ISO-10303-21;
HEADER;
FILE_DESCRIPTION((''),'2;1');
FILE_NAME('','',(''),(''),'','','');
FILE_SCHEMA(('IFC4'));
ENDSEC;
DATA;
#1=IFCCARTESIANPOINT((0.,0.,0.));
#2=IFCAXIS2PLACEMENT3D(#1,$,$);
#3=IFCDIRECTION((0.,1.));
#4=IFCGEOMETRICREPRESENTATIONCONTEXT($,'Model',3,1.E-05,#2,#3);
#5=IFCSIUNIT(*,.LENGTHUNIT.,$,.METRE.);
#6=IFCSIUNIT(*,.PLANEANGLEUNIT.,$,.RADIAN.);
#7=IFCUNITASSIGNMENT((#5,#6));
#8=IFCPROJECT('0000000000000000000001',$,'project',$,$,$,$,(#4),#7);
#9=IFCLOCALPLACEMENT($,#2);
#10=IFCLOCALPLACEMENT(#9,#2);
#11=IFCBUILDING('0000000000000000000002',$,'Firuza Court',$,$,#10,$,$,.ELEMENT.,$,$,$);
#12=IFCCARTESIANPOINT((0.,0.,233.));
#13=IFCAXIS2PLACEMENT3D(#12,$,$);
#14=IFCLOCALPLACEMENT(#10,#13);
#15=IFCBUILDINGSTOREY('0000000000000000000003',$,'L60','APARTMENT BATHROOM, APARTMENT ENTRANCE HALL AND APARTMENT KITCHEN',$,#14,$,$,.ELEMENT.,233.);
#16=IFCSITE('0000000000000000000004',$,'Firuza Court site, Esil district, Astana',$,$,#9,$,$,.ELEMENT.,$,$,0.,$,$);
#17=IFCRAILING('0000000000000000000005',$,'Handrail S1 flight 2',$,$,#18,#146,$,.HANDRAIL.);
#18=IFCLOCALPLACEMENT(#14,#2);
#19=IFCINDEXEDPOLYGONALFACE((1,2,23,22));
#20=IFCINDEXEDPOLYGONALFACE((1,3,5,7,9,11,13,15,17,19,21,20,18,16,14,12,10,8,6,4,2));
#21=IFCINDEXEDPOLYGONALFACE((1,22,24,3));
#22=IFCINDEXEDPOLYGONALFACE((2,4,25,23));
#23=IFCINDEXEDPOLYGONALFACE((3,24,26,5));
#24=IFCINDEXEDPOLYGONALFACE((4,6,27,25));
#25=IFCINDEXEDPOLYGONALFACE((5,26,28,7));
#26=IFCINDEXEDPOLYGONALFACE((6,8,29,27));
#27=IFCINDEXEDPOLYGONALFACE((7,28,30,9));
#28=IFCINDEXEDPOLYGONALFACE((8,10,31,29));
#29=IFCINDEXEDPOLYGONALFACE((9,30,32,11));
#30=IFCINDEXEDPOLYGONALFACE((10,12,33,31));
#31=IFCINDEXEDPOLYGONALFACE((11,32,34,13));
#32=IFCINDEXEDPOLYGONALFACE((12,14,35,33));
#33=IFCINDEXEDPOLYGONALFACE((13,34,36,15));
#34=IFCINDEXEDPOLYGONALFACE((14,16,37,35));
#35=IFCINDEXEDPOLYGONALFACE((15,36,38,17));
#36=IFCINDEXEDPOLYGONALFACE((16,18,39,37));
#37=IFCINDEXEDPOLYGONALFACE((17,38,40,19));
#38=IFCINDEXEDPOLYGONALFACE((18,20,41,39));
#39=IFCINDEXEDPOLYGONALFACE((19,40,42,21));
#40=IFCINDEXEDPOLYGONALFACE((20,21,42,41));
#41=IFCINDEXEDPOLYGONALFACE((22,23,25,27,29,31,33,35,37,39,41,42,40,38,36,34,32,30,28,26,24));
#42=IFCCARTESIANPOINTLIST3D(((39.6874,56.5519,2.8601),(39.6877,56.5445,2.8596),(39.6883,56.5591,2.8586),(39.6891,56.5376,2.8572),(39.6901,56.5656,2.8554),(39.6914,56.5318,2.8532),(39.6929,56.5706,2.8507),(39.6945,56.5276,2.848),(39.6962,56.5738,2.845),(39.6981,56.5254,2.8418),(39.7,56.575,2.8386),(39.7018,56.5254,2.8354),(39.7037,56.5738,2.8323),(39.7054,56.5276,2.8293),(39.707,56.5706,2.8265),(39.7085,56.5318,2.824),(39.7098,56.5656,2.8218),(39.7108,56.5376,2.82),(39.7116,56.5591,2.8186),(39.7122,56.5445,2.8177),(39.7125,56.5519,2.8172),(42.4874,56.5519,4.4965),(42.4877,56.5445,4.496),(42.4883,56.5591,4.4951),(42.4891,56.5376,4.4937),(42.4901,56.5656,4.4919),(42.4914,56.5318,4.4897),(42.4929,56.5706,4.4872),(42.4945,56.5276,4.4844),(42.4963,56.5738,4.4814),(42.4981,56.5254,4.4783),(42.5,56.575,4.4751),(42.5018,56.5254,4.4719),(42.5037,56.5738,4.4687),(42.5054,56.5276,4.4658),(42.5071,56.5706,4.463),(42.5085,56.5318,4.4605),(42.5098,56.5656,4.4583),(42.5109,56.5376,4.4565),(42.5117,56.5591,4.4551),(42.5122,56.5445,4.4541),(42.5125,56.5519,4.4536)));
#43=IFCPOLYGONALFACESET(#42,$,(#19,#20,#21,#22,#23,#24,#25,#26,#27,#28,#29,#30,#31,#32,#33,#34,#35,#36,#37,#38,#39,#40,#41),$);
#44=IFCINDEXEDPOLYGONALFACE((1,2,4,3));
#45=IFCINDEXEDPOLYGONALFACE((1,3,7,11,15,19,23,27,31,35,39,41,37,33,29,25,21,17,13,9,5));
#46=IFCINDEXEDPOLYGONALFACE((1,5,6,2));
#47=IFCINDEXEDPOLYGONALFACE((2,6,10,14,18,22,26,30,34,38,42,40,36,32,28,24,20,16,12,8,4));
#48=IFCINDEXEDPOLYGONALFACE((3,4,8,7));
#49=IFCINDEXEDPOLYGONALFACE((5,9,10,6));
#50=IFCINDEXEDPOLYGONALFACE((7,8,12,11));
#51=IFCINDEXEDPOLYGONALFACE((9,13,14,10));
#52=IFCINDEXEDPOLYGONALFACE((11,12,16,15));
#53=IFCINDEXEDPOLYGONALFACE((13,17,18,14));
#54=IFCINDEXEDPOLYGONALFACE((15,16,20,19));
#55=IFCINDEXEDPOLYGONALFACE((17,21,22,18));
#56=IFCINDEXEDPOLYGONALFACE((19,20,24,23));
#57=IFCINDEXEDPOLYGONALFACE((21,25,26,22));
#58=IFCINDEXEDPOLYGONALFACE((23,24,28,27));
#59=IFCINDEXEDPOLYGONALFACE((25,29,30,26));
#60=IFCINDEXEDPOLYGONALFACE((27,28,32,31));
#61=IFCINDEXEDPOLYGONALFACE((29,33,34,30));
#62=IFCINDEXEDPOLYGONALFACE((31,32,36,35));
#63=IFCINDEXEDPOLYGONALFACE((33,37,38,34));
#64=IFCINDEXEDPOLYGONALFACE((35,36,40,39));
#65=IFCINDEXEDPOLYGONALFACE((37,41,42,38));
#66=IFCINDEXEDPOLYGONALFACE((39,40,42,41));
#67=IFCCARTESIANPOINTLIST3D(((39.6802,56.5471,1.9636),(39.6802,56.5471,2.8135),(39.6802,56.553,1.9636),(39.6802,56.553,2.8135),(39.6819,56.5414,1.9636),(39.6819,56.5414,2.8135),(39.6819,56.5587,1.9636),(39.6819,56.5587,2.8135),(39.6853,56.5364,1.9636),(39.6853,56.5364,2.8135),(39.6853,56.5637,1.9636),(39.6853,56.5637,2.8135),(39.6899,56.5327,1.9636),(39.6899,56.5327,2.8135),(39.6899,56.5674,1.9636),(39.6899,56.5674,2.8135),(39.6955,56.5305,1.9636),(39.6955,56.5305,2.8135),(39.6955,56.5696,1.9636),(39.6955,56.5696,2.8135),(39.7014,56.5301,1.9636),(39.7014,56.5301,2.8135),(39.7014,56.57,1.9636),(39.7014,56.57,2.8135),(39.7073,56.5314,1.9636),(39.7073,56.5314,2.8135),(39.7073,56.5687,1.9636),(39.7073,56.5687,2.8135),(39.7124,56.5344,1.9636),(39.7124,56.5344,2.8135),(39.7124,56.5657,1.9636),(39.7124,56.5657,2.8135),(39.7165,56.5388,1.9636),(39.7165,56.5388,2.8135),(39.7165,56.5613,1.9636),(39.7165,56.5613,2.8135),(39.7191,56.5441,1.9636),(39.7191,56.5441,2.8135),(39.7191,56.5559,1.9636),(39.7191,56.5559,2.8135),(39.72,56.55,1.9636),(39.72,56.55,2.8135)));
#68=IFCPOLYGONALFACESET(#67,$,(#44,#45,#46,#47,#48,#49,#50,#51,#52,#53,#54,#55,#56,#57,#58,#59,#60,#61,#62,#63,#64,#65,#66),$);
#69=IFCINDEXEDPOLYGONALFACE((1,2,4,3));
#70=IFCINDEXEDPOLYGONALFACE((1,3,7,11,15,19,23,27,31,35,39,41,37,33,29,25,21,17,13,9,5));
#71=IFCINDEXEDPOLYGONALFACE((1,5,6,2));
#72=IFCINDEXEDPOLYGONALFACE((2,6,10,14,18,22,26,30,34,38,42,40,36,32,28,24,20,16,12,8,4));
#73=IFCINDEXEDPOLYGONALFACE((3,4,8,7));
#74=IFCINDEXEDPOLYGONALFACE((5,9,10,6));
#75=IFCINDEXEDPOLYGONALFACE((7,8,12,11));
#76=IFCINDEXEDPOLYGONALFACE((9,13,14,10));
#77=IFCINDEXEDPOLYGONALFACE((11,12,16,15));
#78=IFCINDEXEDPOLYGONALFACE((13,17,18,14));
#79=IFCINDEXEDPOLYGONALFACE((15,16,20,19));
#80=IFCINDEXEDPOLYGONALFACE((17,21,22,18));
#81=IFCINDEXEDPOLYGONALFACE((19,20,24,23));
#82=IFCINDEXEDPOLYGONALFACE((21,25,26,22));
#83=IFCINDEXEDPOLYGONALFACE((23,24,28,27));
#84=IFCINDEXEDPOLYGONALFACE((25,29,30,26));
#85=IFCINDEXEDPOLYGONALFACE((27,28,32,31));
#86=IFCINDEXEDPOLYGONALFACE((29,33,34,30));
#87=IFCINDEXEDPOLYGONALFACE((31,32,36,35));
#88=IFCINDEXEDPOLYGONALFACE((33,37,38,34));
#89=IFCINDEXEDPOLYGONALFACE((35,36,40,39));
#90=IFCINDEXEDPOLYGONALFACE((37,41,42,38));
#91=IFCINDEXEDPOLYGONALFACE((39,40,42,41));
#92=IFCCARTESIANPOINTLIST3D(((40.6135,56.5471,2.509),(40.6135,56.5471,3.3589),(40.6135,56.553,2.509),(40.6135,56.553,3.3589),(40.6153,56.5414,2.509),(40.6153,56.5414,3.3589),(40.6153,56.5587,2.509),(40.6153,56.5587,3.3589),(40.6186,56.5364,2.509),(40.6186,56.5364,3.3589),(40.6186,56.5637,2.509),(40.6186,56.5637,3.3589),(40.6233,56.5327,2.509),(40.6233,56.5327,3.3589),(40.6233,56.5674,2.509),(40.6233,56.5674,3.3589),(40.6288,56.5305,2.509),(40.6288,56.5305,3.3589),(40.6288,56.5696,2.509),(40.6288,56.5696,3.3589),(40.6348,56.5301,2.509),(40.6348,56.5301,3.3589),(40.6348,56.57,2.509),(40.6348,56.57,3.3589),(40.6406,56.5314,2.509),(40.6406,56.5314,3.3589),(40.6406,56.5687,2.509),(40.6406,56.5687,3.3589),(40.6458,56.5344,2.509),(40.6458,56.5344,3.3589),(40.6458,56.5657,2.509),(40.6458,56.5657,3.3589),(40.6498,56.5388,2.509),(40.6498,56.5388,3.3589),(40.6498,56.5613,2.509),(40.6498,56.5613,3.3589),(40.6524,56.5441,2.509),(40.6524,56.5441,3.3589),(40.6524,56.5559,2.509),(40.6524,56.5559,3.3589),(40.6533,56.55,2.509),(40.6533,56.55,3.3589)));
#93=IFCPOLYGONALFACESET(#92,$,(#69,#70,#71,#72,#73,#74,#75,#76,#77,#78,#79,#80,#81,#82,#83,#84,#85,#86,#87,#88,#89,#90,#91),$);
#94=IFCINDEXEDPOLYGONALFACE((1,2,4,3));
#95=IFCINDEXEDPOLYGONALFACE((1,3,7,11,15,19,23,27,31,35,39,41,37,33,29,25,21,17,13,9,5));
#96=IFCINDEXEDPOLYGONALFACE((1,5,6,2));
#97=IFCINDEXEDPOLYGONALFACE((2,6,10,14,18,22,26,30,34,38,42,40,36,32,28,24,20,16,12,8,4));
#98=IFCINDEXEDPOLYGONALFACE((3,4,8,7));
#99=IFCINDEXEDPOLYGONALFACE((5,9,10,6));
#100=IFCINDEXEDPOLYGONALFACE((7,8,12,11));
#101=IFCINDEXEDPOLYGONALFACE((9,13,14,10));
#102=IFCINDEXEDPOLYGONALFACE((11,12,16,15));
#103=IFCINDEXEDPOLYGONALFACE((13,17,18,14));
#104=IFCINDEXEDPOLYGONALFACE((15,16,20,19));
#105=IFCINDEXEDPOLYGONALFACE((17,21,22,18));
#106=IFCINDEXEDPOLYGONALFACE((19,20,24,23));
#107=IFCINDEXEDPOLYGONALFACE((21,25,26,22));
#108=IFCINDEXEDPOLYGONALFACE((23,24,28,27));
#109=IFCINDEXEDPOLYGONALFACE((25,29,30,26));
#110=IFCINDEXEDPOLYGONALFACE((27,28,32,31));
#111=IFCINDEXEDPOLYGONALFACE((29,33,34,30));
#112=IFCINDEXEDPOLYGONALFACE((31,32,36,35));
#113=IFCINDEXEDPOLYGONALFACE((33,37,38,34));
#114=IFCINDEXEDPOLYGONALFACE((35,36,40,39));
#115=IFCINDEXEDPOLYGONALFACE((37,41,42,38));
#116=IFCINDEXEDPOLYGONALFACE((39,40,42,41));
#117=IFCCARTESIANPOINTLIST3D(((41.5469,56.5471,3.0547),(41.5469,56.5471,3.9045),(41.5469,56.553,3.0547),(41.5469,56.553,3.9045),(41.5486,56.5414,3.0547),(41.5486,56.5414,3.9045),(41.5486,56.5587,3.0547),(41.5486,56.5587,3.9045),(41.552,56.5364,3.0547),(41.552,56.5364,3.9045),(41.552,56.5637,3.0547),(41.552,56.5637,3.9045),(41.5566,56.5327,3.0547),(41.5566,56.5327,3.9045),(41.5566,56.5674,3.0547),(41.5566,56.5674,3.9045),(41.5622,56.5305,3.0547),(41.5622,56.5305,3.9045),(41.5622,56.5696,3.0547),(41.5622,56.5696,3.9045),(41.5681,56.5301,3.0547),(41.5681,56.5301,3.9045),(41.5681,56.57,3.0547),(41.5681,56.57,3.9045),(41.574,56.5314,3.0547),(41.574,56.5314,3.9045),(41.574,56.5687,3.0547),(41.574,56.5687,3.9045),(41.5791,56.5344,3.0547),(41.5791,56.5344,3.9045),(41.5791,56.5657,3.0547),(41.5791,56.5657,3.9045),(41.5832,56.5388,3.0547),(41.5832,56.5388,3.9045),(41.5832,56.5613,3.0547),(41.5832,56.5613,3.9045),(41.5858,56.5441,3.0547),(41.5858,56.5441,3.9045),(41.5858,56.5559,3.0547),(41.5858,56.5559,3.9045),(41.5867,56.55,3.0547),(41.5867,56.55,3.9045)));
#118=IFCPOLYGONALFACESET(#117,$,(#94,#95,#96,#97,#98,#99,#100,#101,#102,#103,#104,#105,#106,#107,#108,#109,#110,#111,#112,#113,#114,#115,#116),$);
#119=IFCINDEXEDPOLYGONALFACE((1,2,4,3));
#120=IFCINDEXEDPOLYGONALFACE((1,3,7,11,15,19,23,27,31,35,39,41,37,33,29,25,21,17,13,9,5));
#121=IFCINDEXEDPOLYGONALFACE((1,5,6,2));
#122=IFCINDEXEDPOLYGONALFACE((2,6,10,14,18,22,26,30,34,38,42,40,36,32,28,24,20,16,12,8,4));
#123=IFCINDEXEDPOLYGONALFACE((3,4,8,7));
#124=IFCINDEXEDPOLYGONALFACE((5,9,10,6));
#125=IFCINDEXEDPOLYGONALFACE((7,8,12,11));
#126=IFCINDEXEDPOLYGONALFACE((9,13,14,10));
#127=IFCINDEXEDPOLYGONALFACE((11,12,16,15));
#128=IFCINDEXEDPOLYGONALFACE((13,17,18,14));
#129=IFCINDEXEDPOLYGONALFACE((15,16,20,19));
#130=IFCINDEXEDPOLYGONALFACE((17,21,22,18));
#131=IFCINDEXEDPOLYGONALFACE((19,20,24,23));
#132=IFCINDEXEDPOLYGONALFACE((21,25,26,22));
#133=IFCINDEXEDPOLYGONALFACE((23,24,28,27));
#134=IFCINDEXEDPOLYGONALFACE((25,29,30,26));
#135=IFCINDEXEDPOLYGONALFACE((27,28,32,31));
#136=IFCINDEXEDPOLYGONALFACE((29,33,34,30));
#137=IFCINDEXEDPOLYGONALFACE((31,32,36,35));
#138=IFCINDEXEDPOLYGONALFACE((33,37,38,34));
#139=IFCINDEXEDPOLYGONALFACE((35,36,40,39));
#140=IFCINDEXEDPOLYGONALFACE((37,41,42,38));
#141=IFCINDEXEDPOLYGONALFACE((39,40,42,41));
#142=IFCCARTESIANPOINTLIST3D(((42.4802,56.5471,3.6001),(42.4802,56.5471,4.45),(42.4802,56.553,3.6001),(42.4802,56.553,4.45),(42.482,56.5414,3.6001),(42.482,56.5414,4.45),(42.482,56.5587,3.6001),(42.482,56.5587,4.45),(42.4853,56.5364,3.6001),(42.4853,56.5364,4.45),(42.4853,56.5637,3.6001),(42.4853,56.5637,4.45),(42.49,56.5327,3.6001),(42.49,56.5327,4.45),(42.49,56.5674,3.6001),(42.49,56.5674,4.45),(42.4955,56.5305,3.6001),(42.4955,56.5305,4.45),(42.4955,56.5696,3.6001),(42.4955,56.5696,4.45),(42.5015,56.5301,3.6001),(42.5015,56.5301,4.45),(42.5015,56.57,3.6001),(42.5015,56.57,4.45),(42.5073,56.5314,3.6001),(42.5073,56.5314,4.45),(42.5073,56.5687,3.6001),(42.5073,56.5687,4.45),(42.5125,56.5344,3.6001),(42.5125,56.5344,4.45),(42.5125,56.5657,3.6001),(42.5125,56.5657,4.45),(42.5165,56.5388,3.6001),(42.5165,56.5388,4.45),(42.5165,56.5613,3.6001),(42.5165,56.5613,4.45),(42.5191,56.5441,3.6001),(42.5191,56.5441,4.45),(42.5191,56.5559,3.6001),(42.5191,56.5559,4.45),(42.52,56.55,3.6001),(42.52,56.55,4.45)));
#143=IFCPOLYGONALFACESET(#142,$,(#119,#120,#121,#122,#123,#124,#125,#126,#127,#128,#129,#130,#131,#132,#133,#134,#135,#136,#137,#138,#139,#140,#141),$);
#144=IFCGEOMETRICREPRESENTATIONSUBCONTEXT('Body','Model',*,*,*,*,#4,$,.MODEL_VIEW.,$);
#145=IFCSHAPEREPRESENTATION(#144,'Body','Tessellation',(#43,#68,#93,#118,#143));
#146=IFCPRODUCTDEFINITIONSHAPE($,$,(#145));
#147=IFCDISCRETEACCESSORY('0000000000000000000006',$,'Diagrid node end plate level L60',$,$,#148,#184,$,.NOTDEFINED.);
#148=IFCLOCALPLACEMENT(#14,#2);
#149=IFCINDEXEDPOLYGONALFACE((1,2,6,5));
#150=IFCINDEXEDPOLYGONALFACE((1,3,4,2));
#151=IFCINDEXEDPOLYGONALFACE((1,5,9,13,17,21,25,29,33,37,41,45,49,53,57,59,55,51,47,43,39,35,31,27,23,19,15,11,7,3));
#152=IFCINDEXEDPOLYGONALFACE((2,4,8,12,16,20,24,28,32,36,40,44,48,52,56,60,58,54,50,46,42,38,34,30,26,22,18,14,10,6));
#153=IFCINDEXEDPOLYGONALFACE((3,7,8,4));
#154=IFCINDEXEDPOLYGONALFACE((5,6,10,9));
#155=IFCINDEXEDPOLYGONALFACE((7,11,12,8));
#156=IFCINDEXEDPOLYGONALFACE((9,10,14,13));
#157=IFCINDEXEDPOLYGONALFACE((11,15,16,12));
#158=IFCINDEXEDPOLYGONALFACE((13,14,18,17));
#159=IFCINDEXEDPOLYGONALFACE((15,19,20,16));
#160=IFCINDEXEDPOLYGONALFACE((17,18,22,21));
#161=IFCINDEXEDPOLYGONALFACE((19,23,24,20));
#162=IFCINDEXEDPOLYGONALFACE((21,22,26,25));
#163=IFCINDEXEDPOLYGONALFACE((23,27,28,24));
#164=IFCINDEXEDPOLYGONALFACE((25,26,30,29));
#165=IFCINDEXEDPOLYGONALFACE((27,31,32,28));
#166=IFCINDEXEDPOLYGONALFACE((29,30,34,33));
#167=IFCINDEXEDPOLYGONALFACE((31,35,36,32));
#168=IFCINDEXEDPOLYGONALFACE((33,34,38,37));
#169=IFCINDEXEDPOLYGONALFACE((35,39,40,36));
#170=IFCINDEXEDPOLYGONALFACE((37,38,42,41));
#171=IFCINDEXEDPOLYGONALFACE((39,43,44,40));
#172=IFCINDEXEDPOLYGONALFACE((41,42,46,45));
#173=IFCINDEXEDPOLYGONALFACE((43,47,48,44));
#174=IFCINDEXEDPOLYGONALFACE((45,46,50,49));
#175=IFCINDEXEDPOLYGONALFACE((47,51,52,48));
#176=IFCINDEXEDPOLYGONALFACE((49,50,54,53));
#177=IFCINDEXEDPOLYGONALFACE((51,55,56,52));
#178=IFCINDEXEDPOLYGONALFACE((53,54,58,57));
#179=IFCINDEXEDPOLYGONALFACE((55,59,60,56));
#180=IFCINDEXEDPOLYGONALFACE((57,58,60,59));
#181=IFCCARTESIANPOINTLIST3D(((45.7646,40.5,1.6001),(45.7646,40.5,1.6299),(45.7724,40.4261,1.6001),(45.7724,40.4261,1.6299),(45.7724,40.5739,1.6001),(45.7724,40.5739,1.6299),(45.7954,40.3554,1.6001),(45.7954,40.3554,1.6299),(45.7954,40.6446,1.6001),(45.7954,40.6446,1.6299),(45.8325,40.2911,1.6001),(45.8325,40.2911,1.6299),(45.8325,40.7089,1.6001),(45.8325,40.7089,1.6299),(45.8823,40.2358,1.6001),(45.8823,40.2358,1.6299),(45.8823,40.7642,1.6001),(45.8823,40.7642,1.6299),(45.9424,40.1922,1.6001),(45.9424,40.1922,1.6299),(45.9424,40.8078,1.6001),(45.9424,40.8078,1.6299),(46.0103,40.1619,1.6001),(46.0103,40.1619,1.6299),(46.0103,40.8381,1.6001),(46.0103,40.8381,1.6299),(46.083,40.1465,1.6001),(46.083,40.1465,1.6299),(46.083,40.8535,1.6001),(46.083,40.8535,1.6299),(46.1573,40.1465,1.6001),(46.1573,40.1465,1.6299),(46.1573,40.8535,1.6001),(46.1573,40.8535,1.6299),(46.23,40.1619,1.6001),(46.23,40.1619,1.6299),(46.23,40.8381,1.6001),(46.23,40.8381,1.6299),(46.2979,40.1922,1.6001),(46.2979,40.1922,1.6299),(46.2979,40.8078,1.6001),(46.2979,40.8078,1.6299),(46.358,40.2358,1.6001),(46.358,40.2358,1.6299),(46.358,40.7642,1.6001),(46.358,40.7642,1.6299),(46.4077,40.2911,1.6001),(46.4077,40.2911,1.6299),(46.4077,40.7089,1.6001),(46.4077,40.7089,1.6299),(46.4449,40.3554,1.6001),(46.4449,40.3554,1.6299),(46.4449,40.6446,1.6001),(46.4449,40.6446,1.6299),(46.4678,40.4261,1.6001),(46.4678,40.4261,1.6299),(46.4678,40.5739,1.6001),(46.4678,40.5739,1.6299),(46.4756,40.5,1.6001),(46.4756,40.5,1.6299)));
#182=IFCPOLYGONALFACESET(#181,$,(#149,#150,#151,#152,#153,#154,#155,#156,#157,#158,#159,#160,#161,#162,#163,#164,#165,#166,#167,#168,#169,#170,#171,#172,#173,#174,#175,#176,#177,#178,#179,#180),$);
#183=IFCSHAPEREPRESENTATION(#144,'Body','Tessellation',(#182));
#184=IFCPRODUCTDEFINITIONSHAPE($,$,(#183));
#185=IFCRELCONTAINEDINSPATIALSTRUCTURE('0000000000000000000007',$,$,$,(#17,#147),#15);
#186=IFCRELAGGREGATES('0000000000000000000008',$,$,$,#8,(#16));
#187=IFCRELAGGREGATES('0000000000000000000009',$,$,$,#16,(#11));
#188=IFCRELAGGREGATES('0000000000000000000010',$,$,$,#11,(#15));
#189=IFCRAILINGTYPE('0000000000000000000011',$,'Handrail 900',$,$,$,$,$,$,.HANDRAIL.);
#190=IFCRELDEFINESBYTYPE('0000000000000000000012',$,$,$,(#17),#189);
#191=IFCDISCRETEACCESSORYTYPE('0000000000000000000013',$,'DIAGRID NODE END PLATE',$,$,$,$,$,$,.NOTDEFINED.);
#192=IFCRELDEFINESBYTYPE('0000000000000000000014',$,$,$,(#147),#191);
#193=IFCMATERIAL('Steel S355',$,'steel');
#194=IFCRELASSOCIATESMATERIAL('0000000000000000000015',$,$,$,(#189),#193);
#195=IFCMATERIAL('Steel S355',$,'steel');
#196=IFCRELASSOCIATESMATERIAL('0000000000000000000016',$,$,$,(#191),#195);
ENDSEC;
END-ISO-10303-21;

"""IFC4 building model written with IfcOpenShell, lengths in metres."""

from ifc_helpers import new_model, si_unit, direction, frame, origin, origin_2d, place, context, subcontext, project, spatial, circle, extrude, material, material_profile, profile_set, type_object, element, save


model = new_model("IFC4")

# Units and contexts
model_context = context("Model", 3, precision=1e-05, world=origin(), true_north=direction((0.0, 1.0)))
body_context = subcontext(model_context, "Body", "Model", "MODEL_VIEW")
ifc_project = project(units=[si_unit("LENGTHUNIT", "METRE"), si_unit("PLANEANGLEUNIT", "RADIAN")], contexts=[model_context])

# Site, building, storey
site_placement = place(None, origin())
site = spatial("IfcSite", under=ifc_project, at=site_placement, Name="Firuza Court site, Esil district, Astana", CompositionType="ELEMENT", RefElevation=0.0)
building_placement = place(site_placement, origin())
building = spatial("IfcBuilding", under=site, at=building_placement, Name="Firuza Court", CompositionType="ELEMENT")
storey_placement = place(building_placement, frame((0.0, 0.0, 233.0)))
storey = spatial("IfcBuildingStorey", under=building, at=storey_placement, Name="L60", Description="APARTMENT BATHROOM, APARTMENT ENTRANCE HALL AND APARTMENT KITCHEN", CompositionType="ELEMENT", Elevation=233.0)

# Railing
ifc_material_1 = material(Name="Steel S355", Category="steel")
railing_type_1 = type_object("IfcRailingType", Name="Handrail 900", PredefinedType="HANDRAIL", material=ifc_material_1)
railing_1_placement = place(storey_placement, frame((39.7, 56.55, 1.9636)))
element("IfcRailing", 1, at=railing_1_placement, inside=storey, type_object=railing_type_1, Name="Handrail S1 flight 2", PredefinedType="HANDRAIL", context=body_context, shape_type="SweptSolid", body=[
    extrude(circle(Radius=0.0249, at=origin_2d()), frame((0.0, 0.0, 0.875), z_axis=(0.863361, 0.0, 0.504587), x_axis=(0.0, 1.0, 0.0)), (0.0, 0.0, 1.0), 3.2432),
    extrude(circle(Radius=0.02, at=origin_2d()), origin(), (0.0, 0.0, 1.0), 0.8499),
    extrude(circle(Radius=0.02, at=origin_2d()), frame((0.9333, 0.0, 0.5454)), (0.0, 0.0, 1.0), 0.8499),
    extrude(circle(Radius=0.02, at=origin_2d()), frame((1.8667, 0.0, 1.0911)), (0.0, 0.0, 1.0), 0.8499),
    extrude(circle(Radius=0.02, at=origin_2d()), frame((2.8, 0.0, 1.6365)), (0.0, 0.0, 1.0), 0.8499),
])

# Discrete accessory
ifc_material_2 = material(Name="Steel S355", Category="steel")
ifc_material_profile_1 = material_profile(ifc_material_2, circle(Radius=0.3555, at=origin_2d()), Name="PL D711")
ifc_profile_set_1 = profile_set([ifc_material_profile_1], Name="Steel S355")
discrete_accessory_type = type_object("IfcDiscreteAccessoryType", Name="DIAGRID NODE END PLATE", PredefinedType="NOTDEFINED", material=ifc_profile_set_1)
discrete_accessory_placement = place(storey_placement, frame((46.1201, 40.5, 1.6001), z_axis=(0.0, 0.0, 1.0), x_axis=(1.0, 0.0, 0.0)))
element("IfcDiscreteAccessory", 2, at=discrete_accessory_placement, inside=storey, type_object=discrete_accessory_type, Name="Diagrid node end plate level L60", PredefinedType="NOTDEFINED", context=body_context, shape_type="SweptSolid", body=[
    extrude(circle(Radius=0.3555, at=origin_2d()), origin(), (0.0, 0.0, 1.0), 0.0298),
])

save(model, "model.ifc")
